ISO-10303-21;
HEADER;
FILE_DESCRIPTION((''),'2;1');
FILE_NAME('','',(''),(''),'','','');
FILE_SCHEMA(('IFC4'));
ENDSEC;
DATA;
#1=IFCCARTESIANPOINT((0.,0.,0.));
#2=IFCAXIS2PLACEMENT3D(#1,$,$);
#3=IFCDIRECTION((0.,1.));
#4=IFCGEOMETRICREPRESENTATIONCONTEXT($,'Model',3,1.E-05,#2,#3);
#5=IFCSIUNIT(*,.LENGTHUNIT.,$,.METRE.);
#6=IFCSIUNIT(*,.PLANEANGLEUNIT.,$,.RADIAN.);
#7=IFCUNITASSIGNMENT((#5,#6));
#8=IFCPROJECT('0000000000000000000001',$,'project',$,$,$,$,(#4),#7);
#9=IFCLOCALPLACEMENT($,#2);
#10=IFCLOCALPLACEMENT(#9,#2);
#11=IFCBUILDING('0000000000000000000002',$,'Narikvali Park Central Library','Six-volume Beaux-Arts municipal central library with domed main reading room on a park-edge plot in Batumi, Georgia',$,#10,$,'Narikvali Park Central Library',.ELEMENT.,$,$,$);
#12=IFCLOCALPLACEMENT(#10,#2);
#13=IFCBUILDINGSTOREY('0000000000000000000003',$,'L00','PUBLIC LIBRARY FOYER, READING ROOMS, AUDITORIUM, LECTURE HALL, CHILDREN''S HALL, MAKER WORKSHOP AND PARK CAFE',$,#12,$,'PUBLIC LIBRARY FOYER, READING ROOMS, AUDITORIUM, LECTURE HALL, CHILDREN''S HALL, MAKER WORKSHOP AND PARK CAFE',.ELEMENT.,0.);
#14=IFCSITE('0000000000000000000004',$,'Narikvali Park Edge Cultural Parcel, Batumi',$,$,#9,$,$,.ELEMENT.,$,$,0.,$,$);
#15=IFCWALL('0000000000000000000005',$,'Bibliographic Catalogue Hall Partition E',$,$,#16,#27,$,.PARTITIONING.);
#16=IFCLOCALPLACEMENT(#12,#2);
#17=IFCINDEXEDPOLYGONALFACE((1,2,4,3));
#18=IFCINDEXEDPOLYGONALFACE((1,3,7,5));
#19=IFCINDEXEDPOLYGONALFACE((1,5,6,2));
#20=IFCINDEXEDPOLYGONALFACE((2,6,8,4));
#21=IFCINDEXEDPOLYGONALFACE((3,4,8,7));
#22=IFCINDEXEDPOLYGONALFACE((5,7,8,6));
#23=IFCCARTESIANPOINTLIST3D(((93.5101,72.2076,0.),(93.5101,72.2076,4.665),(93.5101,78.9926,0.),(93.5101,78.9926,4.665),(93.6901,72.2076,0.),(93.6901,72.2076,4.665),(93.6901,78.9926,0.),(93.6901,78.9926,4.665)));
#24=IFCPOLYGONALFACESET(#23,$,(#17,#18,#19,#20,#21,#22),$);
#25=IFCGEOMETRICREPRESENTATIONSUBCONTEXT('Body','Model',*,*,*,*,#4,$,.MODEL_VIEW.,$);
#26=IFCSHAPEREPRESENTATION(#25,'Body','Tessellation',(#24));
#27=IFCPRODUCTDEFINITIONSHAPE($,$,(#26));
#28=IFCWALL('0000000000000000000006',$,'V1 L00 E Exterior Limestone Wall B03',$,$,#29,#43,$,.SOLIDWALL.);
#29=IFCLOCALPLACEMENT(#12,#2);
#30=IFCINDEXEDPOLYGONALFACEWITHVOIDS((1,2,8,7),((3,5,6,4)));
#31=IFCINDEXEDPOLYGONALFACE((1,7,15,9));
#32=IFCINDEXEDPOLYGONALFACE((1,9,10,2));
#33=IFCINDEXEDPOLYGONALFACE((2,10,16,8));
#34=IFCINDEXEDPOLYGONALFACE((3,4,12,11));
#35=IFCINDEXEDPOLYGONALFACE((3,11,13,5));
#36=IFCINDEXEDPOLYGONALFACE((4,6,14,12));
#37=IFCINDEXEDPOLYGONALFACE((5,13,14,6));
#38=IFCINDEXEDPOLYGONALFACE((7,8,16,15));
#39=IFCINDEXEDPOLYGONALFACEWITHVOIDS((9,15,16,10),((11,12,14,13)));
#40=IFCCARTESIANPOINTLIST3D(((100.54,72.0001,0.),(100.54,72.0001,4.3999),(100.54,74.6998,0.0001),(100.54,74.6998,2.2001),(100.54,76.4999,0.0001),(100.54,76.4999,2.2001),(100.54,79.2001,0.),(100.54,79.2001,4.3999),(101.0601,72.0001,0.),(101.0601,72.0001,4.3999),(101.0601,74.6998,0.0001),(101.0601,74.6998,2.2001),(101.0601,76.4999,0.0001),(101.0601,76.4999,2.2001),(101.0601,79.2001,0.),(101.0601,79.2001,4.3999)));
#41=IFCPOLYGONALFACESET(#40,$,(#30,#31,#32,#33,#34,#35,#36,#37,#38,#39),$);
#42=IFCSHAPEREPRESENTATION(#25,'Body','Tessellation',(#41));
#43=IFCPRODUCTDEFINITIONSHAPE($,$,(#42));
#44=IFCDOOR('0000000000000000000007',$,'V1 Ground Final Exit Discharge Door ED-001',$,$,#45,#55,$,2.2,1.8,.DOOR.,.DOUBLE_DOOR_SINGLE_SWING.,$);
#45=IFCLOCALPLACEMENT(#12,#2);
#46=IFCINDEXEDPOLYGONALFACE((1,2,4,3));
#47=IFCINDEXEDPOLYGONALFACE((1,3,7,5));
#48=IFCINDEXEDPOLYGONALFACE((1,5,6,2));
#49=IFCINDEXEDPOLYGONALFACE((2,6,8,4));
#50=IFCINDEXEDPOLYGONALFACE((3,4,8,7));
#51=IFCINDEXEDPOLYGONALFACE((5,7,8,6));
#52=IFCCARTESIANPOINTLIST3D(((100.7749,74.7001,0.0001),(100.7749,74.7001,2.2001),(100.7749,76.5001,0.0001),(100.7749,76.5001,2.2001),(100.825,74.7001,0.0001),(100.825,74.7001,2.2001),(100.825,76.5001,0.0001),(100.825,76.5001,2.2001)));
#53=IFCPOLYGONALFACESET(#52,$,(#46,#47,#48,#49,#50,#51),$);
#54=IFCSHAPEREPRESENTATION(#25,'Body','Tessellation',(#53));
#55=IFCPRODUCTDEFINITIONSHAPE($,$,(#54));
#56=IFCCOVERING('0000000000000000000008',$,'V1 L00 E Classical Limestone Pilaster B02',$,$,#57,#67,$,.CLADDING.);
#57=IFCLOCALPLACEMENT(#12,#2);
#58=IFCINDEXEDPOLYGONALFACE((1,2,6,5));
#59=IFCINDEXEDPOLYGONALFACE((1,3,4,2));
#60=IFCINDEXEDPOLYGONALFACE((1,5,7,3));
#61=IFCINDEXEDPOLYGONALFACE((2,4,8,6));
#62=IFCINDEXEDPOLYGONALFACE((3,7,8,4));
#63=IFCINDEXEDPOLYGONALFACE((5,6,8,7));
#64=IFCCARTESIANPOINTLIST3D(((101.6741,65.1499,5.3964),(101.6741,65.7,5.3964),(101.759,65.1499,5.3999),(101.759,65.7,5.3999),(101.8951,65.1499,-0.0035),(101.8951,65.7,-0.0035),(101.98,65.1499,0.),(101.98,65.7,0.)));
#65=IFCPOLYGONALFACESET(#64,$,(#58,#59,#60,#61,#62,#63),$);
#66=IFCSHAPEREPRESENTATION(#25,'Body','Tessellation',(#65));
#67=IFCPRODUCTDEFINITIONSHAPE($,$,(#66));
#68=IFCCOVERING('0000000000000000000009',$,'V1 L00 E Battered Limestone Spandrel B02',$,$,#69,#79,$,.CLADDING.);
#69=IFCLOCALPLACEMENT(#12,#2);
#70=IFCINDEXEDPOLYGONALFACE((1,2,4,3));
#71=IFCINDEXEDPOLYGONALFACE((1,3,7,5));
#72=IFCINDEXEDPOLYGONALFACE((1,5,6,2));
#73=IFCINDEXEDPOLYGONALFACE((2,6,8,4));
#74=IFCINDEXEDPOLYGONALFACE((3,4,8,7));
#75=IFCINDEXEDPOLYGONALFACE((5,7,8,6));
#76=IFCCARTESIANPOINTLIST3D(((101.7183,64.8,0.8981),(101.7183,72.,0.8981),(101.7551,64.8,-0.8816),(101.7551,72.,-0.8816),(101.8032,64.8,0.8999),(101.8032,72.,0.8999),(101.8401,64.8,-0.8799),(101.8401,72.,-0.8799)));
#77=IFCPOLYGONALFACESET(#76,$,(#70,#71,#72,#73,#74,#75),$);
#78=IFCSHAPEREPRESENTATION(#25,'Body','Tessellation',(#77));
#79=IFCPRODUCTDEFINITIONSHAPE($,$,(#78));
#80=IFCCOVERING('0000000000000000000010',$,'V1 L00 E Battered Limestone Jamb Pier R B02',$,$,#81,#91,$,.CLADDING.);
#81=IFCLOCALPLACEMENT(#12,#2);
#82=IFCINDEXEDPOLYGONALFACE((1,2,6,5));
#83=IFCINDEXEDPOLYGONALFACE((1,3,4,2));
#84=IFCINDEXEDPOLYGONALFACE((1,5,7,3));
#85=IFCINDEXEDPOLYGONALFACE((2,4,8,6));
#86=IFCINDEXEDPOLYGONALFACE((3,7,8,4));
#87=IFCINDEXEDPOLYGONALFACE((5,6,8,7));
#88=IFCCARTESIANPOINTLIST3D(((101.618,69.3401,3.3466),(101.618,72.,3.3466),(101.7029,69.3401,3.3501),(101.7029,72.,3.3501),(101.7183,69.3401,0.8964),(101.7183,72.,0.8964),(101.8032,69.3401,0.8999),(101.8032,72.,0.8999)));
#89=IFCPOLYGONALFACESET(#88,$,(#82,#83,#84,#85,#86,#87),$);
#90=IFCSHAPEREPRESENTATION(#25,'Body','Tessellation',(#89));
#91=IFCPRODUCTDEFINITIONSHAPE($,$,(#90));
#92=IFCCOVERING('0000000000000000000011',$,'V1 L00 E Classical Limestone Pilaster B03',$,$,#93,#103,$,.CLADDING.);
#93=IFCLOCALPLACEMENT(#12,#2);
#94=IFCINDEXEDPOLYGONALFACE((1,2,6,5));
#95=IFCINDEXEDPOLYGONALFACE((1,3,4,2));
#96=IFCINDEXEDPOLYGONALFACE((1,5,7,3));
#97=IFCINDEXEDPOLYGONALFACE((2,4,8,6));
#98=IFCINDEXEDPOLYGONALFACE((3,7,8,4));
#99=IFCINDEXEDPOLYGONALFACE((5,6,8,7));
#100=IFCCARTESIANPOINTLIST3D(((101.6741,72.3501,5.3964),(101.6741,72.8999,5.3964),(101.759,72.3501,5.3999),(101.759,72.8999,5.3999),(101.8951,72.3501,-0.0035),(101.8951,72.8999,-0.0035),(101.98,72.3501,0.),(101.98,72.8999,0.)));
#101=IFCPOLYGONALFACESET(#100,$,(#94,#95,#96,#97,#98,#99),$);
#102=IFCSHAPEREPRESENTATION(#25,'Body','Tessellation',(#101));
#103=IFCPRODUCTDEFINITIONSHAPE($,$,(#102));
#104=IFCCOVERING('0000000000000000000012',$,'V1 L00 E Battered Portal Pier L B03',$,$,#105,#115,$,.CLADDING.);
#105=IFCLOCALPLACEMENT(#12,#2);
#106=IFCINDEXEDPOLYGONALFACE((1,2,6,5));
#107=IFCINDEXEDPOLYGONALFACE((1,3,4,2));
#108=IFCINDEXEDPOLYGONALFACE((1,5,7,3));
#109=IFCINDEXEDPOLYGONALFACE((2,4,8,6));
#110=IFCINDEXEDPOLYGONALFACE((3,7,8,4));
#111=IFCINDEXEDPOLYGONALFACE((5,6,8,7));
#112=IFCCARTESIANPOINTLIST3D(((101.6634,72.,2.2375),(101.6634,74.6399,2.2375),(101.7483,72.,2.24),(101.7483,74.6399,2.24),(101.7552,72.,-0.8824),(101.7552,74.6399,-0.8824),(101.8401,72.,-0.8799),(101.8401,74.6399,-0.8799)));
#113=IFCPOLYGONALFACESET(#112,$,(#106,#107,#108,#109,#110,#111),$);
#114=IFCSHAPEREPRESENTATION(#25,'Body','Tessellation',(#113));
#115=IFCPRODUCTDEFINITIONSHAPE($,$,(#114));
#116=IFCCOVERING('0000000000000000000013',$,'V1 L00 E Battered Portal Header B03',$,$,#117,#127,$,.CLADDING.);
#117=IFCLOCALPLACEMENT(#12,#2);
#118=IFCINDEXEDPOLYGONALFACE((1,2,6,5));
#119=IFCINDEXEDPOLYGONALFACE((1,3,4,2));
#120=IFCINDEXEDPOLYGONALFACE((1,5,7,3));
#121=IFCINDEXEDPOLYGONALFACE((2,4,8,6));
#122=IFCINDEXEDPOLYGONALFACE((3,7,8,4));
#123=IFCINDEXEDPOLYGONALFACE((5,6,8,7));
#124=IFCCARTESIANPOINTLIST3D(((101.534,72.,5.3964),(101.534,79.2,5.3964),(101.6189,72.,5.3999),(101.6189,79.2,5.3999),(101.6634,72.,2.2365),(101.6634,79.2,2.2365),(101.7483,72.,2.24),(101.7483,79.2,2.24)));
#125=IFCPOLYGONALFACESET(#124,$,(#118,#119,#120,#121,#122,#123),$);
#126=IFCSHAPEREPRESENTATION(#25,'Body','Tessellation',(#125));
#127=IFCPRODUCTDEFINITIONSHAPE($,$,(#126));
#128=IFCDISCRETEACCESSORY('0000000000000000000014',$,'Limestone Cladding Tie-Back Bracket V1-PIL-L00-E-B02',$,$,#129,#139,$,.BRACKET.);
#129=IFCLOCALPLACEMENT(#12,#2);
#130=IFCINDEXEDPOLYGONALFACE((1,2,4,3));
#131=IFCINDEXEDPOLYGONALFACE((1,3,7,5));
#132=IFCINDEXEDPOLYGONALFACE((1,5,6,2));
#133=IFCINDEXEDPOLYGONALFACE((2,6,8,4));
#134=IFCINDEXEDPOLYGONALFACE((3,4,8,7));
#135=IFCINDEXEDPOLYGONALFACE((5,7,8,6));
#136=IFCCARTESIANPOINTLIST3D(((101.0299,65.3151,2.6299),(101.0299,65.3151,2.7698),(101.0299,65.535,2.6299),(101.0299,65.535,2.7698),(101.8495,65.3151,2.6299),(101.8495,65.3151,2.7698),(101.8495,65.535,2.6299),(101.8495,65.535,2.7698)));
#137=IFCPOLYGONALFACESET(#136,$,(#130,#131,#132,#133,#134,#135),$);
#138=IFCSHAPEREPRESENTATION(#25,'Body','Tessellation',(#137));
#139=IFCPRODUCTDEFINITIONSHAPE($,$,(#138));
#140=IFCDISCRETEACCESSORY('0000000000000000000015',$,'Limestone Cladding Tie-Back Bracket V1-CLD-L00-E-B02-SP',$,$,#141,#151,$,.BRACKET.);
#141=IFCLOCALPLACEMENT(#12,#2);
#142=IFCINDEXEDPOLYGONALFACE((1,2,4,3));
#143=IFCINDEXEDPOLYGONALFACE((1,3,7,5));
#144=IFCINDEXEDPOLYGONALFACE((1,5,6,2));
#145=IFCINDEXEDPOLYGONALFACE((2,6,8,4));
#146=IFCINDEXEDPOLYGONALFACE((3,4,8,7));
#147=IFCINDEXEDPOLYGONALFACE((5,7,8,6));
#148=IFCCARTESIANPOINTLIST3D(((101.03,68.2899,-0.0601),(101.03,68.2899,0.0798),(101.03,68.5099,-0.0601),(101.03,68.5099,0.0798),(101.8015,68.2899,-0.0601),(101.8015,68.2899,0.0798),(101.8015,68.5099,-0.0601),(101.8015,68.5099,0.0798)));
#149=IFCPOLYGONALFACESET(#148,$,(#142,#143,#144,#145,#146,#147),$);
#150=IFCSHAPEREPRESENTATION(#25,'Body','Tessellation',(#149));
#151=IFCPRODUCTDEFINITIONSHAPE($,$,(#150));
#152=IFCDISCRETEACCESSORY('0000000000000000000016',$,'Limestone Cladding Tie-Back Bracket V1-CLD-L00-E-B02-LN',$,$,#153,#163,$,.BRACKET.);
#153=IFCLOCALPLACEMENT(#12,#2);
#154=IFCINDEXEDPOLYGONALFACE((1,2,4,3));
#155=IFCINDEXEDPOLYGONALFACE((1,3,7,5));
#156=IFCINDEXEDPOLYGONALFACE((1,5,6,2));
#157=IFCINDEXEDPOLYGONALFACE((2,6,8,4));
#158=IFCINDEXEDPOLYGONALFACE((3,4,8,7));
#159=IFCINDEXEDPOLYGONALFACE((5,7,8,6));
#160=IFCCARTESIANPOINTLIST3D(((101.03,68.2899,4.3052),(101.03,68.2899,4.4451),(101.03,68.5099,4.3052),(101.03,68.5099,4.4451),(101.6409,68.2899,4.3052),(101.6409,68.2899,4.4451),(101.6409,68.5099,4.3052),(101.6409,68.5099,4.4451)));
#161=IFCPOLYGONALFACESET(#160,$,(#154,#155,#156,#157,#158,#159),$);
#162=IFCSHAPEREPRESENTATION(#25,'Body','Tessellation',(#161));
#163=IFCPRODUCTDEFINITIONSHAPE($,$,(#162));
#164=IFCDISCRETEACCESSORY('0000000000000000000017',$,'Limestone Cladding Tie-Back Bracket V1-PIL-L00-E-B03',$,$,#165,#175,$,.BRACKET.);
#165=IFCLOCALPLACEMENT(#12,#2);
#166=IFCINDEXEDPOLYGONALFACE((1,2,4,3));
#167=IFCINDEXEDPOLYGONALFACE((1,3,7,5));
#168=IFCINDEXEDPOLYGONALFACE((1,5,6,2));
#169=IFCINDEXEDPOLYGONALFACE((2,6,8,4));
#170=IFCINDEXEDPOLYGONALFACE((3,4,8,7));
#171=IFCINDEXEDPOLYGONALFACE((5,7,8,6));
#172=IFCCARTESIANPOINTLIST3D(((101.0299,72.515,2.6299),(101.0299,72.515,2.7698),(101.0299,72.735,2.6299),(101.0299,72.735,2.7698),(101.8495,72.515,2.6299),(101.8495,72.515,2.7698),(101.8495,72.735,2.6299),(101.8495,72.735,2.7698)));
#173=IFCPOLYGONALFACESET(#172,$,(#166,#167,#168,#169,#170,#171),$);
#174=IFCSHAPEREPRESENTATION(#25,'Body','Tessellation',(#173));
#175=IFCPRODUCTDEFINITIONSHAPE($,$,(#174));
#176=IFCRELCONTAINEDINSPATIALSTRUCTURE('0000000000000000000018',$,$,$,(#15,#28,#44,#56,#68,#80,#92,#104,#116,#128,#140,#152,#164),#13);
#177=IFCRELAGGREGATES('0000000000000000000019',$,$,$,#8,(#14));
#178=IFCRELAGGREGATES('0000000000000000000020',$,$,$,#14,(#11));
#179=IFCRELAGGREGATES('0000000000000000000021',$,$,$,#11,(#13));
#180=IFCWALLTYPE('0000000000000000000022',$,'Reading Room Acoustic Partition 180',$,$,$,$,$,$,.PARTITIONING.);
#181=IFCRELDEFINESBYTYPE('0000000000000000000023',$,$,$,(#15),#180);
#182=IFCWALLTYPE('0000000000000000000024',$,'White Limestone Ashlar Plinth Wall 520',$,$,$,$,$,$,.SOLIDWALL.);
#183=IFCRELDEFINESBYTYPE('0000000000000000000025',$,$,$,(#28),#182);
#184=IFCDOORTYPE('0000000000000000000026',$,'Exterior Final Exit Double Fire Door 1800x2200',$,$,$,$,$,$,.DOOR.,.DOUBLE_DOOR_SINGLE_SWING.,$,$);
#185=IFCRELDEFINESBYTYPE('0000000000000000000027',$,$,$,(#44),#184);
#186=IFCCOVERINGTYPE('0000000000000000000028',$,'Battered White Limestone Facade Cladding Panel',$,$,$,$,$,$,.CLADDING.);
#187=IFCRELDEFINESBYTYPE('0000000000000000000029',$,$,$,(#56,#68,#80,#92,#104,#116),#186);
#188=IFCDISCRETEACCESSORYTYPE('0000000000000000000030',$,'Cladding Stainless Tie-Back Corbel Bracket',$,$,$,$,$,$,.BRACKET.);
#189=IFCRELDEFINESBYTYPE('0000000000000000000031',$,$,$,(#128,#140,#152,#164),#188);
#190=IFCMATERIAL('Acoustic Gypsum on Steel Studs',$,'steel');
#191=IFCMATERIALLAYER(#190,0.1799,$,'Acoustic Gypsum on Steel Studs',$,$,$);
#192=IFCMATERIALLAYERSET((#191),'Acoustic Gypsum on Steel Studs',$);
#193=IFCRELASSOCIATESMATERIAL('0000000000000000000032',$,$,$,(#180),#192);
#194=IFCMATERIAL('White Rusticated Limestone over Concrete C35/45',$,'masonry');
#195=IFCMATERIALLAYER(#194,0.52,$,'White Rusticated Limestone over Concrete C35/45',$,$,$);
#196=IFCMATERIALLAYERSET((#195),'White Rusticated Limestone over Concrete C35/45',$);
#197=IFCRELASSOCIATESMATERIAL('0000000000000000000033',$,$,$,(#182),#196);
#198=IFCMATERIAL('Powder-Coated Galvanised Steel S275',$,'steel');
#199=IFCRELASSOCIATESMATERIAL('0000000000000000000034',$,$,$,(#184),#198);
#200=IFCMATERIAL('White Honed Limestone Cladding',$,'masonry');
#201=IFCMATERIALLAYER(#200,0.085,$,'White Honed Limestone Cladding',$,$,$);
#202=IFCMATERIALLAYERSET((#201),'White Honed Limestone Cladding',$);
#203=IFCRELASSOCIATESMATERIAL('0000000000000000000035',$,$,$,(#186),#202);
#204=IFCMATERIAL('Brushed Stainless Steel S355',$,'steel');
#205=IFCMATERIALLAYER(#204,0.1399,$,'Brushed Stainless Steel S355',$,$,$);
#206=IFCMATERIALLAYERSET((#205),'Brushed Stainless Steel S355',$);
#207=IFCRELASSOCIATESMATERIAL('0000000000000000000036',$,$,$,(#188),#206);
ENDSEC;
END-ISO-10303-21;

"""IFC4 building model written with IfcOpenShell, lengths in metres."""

from ifc_helpers import new_model, si_unit, direction, frame, frame_2d, origin, origin_2d, place, context, subcontext, project, spatial, polyline, rectangle, outline, extrude, material, layer, layer_set, type_object, element, fill, save


model = new_model("IFC4")

# Units and contexts
model_context = context("Model", 3, precision=1e-05, world=origin(), true_north=direction((0.0, 1.0)))
body_context = subcontext(model_context, "Body", "Model", "MODEL_VIEW")
ifc_project = project(units=[si_unit("LENGTHUNIT", "METRE"), si_unit("PLANEANGLEUNIT", "RADIAN")], contexts=[model_context])

# Site, building, storey
site_placement = place(None, origin())
site = spatial("IfcSite", under=ifc_project, at=site_placement, Name="Narikvali Park Edge Cultural Parcel, Batumi", CompositionType="ELEMENT", RefElevation=0.0)
building_placement = place(site_placement, origin())
building = spatial("IfcBuilding", under=site, at=building_placement, Name="Narikvali Park Central Library", Description="Six-volume Beaux-Arts municipal central library with domed main reading room on a park-edge plot in Batumi, Georgia", LongName="Narikvali Park Central Library", CompositionType="ELEMENT")
storey_placement = place(building_placement, origin())
storey = spatial("IfcBuildingStorey", under=building, at=storey_placement, Name="L00", Description="PUBLIC LIBRARY FOYER, READING ROOMS, AUDITORIUM, LECTURE HALL, CHILDREN'S HALL, MAKER WORKSHOP AND PARK CAFE", LongName="PUBLIC LIBRARY FOYER, READING ROOMS, AUDITORIUM, LECTURE HALL, CHILDREN'S HALL, MAKER WORKSHOP AND PARK CAFE", CompositionType="ELEMENT", Elevation=0.0)

# Shared definitions
ifc_material_1 = material(Name="Acoustic Gypsum on Steel Studs", Category="steel")
ifc_layer_1 = layer(ifc_material_1, 0.1799, Name="Acoustic Gypsum on Steel Studs")
ifc_layer_set_1 = layer_set([ifc_layer_1], Name="Acoustic Gypsum on Steel Studs")
wall_type_1 = type_object("IfcWallType", Name="Reading Room Acoustic Partition 180", PredefinedType="PARTITIONING", material=ifc_layer_set_1)

# Wall
wall_1_placement = place(storey_placement, frame((93.6001, 72.2075, 0.0), z_axis=(0.0, 0.0, 1.0), x_axis=(0.0, 1.0, 0.0)))
element("IfcWall", 1, at=wall_1_placement, inside=storey, type_object=wall_type_1, Name="Bibliographic Catalogue Hall Partition E", PredefinedType="PARTITIONING", context=body_context, shape_type="SweptSolid", body=[
    extrude(rectangle(XDim=6.7849, YDim=0.1799, at=frame_2d((3.3926, 0.0))), origin(), (0.0, 0.0, 1.0), 4.665),
])

# Wall, opening, door
ifc_material_2 = material(Name="White Rusticated Limestone over Concrete C35/45", Category="masonry")
ifc_layer_2 = layer(ifc_material_2, 0.52, Name="White Rusticated Limestone over Concrete C35/45")
ifc_layer_set_2 = layer_set([ifc_layer_2], Name="White Rusticated Limestone over Concrete C35/45")
wall_type_2 = type_object("IfcWallType", Name="White Limestone Ashlar Plinth Wall 520", PredefinedType="SOLIDWALL", material=ifc_layer_set_2)
wall_2_placement = place(storey_placement, frame((100.8, 72.0, 0.0), z_axis=(0.0, 0.0, 1.0), x_axis=(0.0, 1.0, 0.0)))
wall_2 = element("IfcWall", 2, at=wall_2_placement, inside=storey, type_object=wall_type_2, Name="V1 L00 E Exterior Limestone Wall B03", PredefinedType="SOLIDWALL", context=body_context, shape_type="SweptSolid", body=[
    extrude(rectangle(XDim=7.2, YDim=0.52, at=frame_2d((3.6001, 0.0))), origin(), (0.0, 0.0, 1.0), 4.3999),
])
opening_1_placement = place(wall_2_placement, frame((2.7, 0.0, 0.0)))
opening_1 = element("IfcOpeningElement", 3, at=opening_1_placement, cuts=wall_2, PredefinedType="OPENING", context=body_context, shape_type="SweptSolid", body=[
    extrude(rectangle(XDim=1.8, YDim=2.2, at=frame_2d((0.8999, 1.1001))), frame((0.0, 0.272, 0.0), z_axis=(0.0, -1.0, 0.0), x_axis=(1.0, 0.0, 0.0)), (0.0, 0.0, 1.0), 0.5439),
])
ifc_material_3 = material(Name="Powder-Coated Galvanised Steel S275", Category="steel")
door_type_1 = type_object("IfcDoorType", Name="Exterior Final Exit Double Fire Door 1800x2200", OperationType="DOUBLE_DOOR_SINGLE_SWING", PredefinedType="DOOR", material=ifc_material_3)
door_1_placement = place(opening_1_placement, frame((1.8, 0.0, 0.0), z_axis=(0.0, 0.0, 1.0), x_axis=(-1.0, 0.0, 0.0)))
door_1 = element("IfcDoor", 4, at=door_1_placement, inside=storey, type_object=door_type_1, Name="V1 Ground Final Exit Discharge Door ED-001", OperationType="DOUBLE_DOOR_SINGLE_SWING", OverallHeight=2.2, OverallWidth=1.8, PredefinedType="DOOR", context=body_context, shape_type="SweptSolid", body=[
    extrude(rectangle(XDim=1.8, YDim=2.2, at=frame_2d((0.8999, 1.1001))), frame((0.0, 0.0249, 0.0), z_axis=(0.0, -1.0, 0.0), x_axis=(1.0, 0.0, 0.0)), (0.0, 0.0, 1.0), 0.05),
])
fill(opening_1, door_1)

# Coverings
ifc_material_4 = material(Name="White Honed Limestone Cladding", Category="masonry")
ifc_layer_3 = layer(ifc_material_4, 0.085, Name="White Honed Limestone Cladding")
ifc_layer_set_3 = layer_set([ifc_layer_3], Name="White Honed Limestone Cladding")
covering_type = type_object("IfcCoveringType", Name="Battered White Limestone Facade Cladding Panel", PredefinedType="CLADDING", material=ifc_layer_set_3)
covering_1_placement = place(storey_placement, frame((101.98, 65.1499, 0.0), z_axis=(0.999164, 0.0, 0.040883), x_axis=(0.0, 1.0, 0.0)))
element("IfcCovering", 5, at=covering_1_placement, inside=storey, type_object=covering_type, Name="V1 L00 E Classical Limestone Pilaster B02", PredefinedType="CLADDING", context=body_context, shape_type="SweptSolid", body=[
    extrude(outline(polyline([(0.0, 0.0), (0.55, 0.0), (0.55, 5.4044), (0.0, 5.4044), (0.0, 0.0)])), origin(), (0.0, 0.0, -1.0), 0.085),
])
covering_2_placement = place(storey_placement, frame((101.8401, 64.8, -0.8799), z_axis=(0.999786, 0.0, 0.020709), x_axis=(0.0, 1.0, 0.0)))
element("IfcCovering", 6, at=covering_2_placement, inside=storey, type_object=covering_type, Name="V1 L00 E Battered Limestone Spandrel B02", PredefinedType="CLADDING", context=body_context, shape_type="SweptSolid", body=[
    extrude(outline(polyline([(0.0, 0.0), (7.2, 0.0), (7.2, 1.7802), (0.0, 1.7802), (0.0, 0.0)])), origin(), (0.0, 0.0, -1.0), 0.085),
])
covering_3_placement = place(storey_placement, frame((101.8032, 69.3401, 0.8999), z_axis=(0.999162, 0.0, 0.040918), x_axis=(0.0, 1.0, 0.0)))
element("IfcCovering", 7, at=covering_3_placement, inside=storey, type_object=covering_type, Name="V1 L00 E Battered Limestone Jamb Pier R B02", PredefinedType="CLADDING", context=body_context, shape_type="SweptSolid", body=[
    extrude(outline(polyline([(0.0, 0.0), (2.6599, 0.0), (2.6599, 2.4522), (0.0, 2.4522), (0.0, 0.0)])), origin(), (0.0, 0.0, -1.0), 0.085),
])
covering_4_placement = place(storey_placement, frame((101.98, 72.3501, 0.0), z_axis=(0.999164, 0.0, 0.040883), x_axis=(0.0, 1.0, 0.0)))
element("IfcCovering", 8, at=covering_4_placement, inside=storey, type_object=covering_type, Name="V1 L00 E Classical Limestone Pilaster B03", PredefinedType="CLADDING", context=body_context, shape_type="SweptSolid", body=[
    extrude(outline(polyline([(0.0, 0.0), (0.5498, 0.0), (0.5498, 5.4044), (0.0, 5.4044), (0.0, 0.0)])), origin(), (0.0, 0.0, -1.0), 0.085),
])
covering_5_placement = place(storey_placement, frame((101.8401, 72.0, -0.8799), z_axis=(0.999567, 0.0, 0.029411), x_axis=(0.0, 1.0, 0.0)))
element("IfcCovering", 9, at=covering_5_placement, inside=storey, type_object=covering_type, Name="V1 L00 E Battered Portal Pier L B03", PredefinedType="CLADDING", context=body_context, shape_type="SweptSolid", body=[
    extrude(outline(polyline([(0.0, 0.0), (2.6399, 0.0), (2.6399, 3.1212), (0.0, 3.1212), (0.0, 0.0)])), origin(), (0.0, 0.0, -1.0), 0.085),
])
covering_6_placement = place(storey_placement, frame((101.7483, 72.0, 2.24), z_axis=(0.999163, 0.0, 0.040914), x_axis=(0.0, 1.0, 0.0)))
element("IfcCovering", 10, at=covering_6_placement, inside=storey, type_object=covering_type, Name="V1 L00 E Battered Portal Header B03", PredefinedType="CLADDING", context=body_context, shape_type="SweptSolid", body=[
    extrude(outline(polyline([(0.0, 0.0), (7.2, 0.0), (7.2, 3.1626), (0.0, 3.1626), (0.0, 0.0)])), origin(), (0.0, 0.0, -1.0), 0.085),
])

# Discrete accessories
ifc_material_5 = material(Name="Brushed Stainless Steel S355", Category="steel")
ifc_layer_4 = layer(ifc_material_5, 0.1399, Name="Brushed Stainless Steel S355")
ifc_layer_set_4 = layer_set([ifc_layer_4], Name="Brushed Stainless Steel S355")
discrete_accessory_type = type_object("IfcDiscreteAccessoryType", Name="Cladding Stainless Tie-Back Corbel Bracket", PredefinedType="BRACKET", material=ifc_layer_set_4)
discrete_accessory_1_placement = place(storey_placement, frame((101.4397, 65.425, 2.6299), z_axis=(0.0, 0.0, 1.0), x_axis=(1.0, 0.0, 0.0)))
element("IfcDiscreteAccessory", 11, at=discrete_accessory_1_placement, inside=storey, type_object=discrete_accessory_type, Name="Limestone Cladding Tie-Back Bracket V1-PIL-L00-E-B02", PredefinedType="BRACKET", context=body_context, shape_type="SweptSolid", body=[
    extrude(rectangle(XDim=0.8196, YDim=0.22, at=origin_2d()), origin(), (0.0, 0.0, 1.0), 0.1399),
])
discrete_accessory_2_placement = place(storey_placement, frame((101.4158, 68.3999, -0.0601), z_axis=(0.0, 0.0, 1.0), x_axis=(1.0, 0.0, 0.0)))
element("IfcDiscreteAccessory", 12, at=discrete_accessory_2_placement, inside=storey, type_object=discrete_accessory_type, Name="Limestone Cladding Tie-Back Bracket V1-CLD-L00-E-B02-SP", PredefinedType="BRACKET", context=body_context, shape_type="SweptSolid", body=[
    extrude(rectangle(XDim=0.7715, YDim=0.22, at=origin_2d()), origin(), (0.0, 0.0, 1.0), 0.1399),
])
discrete_accessory_3_placement = place(storey_placement, frame((101.3354, 68.3999, 4.3052), z_axis=(0.0, 0.0, 1.0), x_axis=(1.0, 0.0, 0.0)))
element("IfcDiscreteAccessory", 13, at=discrete_accessory_3_placement, inside=storey, type_object=discrete_accessory_type, Name="Limestone Cladding Tie-Back Bracket V1-CLD-L00-E-B02-LN", PredefinedType="BRACKET", context=body_context, shape_type="SweptSolid", body=[
    extrude(rectangle(XDim=0.6108, YDim=0.22, at=origin_2d()), origin(), (0.0, 0.0, 1.0), 0.1399),
])
discrete_accessory_4_placement = place(storey_placement, frame((101.4397, 72.625, 2.6299), z_axis=(0.0, 0.0, 1.0), x_axis=(1.0, 0.0, 0.0)))
element("IfcDiscreteAccessory", 14, at=discrete_accessory_4_placement, inside=storey, type_object=discrete_accessory_type, Name="Limestone Cladding Tie-Back Bracket V1-PIL-L00-E-B03", PredefinedType="BRACKET", context=body_context, shape_type="SweptSolid", body=[
    extrude(rectangle(XDim=0.8196, YDim=0.22, at=origin_2d()), origin(), (0.0, 0.0, 1.0), 0.1399),
])

save(model, "model.ifc")
